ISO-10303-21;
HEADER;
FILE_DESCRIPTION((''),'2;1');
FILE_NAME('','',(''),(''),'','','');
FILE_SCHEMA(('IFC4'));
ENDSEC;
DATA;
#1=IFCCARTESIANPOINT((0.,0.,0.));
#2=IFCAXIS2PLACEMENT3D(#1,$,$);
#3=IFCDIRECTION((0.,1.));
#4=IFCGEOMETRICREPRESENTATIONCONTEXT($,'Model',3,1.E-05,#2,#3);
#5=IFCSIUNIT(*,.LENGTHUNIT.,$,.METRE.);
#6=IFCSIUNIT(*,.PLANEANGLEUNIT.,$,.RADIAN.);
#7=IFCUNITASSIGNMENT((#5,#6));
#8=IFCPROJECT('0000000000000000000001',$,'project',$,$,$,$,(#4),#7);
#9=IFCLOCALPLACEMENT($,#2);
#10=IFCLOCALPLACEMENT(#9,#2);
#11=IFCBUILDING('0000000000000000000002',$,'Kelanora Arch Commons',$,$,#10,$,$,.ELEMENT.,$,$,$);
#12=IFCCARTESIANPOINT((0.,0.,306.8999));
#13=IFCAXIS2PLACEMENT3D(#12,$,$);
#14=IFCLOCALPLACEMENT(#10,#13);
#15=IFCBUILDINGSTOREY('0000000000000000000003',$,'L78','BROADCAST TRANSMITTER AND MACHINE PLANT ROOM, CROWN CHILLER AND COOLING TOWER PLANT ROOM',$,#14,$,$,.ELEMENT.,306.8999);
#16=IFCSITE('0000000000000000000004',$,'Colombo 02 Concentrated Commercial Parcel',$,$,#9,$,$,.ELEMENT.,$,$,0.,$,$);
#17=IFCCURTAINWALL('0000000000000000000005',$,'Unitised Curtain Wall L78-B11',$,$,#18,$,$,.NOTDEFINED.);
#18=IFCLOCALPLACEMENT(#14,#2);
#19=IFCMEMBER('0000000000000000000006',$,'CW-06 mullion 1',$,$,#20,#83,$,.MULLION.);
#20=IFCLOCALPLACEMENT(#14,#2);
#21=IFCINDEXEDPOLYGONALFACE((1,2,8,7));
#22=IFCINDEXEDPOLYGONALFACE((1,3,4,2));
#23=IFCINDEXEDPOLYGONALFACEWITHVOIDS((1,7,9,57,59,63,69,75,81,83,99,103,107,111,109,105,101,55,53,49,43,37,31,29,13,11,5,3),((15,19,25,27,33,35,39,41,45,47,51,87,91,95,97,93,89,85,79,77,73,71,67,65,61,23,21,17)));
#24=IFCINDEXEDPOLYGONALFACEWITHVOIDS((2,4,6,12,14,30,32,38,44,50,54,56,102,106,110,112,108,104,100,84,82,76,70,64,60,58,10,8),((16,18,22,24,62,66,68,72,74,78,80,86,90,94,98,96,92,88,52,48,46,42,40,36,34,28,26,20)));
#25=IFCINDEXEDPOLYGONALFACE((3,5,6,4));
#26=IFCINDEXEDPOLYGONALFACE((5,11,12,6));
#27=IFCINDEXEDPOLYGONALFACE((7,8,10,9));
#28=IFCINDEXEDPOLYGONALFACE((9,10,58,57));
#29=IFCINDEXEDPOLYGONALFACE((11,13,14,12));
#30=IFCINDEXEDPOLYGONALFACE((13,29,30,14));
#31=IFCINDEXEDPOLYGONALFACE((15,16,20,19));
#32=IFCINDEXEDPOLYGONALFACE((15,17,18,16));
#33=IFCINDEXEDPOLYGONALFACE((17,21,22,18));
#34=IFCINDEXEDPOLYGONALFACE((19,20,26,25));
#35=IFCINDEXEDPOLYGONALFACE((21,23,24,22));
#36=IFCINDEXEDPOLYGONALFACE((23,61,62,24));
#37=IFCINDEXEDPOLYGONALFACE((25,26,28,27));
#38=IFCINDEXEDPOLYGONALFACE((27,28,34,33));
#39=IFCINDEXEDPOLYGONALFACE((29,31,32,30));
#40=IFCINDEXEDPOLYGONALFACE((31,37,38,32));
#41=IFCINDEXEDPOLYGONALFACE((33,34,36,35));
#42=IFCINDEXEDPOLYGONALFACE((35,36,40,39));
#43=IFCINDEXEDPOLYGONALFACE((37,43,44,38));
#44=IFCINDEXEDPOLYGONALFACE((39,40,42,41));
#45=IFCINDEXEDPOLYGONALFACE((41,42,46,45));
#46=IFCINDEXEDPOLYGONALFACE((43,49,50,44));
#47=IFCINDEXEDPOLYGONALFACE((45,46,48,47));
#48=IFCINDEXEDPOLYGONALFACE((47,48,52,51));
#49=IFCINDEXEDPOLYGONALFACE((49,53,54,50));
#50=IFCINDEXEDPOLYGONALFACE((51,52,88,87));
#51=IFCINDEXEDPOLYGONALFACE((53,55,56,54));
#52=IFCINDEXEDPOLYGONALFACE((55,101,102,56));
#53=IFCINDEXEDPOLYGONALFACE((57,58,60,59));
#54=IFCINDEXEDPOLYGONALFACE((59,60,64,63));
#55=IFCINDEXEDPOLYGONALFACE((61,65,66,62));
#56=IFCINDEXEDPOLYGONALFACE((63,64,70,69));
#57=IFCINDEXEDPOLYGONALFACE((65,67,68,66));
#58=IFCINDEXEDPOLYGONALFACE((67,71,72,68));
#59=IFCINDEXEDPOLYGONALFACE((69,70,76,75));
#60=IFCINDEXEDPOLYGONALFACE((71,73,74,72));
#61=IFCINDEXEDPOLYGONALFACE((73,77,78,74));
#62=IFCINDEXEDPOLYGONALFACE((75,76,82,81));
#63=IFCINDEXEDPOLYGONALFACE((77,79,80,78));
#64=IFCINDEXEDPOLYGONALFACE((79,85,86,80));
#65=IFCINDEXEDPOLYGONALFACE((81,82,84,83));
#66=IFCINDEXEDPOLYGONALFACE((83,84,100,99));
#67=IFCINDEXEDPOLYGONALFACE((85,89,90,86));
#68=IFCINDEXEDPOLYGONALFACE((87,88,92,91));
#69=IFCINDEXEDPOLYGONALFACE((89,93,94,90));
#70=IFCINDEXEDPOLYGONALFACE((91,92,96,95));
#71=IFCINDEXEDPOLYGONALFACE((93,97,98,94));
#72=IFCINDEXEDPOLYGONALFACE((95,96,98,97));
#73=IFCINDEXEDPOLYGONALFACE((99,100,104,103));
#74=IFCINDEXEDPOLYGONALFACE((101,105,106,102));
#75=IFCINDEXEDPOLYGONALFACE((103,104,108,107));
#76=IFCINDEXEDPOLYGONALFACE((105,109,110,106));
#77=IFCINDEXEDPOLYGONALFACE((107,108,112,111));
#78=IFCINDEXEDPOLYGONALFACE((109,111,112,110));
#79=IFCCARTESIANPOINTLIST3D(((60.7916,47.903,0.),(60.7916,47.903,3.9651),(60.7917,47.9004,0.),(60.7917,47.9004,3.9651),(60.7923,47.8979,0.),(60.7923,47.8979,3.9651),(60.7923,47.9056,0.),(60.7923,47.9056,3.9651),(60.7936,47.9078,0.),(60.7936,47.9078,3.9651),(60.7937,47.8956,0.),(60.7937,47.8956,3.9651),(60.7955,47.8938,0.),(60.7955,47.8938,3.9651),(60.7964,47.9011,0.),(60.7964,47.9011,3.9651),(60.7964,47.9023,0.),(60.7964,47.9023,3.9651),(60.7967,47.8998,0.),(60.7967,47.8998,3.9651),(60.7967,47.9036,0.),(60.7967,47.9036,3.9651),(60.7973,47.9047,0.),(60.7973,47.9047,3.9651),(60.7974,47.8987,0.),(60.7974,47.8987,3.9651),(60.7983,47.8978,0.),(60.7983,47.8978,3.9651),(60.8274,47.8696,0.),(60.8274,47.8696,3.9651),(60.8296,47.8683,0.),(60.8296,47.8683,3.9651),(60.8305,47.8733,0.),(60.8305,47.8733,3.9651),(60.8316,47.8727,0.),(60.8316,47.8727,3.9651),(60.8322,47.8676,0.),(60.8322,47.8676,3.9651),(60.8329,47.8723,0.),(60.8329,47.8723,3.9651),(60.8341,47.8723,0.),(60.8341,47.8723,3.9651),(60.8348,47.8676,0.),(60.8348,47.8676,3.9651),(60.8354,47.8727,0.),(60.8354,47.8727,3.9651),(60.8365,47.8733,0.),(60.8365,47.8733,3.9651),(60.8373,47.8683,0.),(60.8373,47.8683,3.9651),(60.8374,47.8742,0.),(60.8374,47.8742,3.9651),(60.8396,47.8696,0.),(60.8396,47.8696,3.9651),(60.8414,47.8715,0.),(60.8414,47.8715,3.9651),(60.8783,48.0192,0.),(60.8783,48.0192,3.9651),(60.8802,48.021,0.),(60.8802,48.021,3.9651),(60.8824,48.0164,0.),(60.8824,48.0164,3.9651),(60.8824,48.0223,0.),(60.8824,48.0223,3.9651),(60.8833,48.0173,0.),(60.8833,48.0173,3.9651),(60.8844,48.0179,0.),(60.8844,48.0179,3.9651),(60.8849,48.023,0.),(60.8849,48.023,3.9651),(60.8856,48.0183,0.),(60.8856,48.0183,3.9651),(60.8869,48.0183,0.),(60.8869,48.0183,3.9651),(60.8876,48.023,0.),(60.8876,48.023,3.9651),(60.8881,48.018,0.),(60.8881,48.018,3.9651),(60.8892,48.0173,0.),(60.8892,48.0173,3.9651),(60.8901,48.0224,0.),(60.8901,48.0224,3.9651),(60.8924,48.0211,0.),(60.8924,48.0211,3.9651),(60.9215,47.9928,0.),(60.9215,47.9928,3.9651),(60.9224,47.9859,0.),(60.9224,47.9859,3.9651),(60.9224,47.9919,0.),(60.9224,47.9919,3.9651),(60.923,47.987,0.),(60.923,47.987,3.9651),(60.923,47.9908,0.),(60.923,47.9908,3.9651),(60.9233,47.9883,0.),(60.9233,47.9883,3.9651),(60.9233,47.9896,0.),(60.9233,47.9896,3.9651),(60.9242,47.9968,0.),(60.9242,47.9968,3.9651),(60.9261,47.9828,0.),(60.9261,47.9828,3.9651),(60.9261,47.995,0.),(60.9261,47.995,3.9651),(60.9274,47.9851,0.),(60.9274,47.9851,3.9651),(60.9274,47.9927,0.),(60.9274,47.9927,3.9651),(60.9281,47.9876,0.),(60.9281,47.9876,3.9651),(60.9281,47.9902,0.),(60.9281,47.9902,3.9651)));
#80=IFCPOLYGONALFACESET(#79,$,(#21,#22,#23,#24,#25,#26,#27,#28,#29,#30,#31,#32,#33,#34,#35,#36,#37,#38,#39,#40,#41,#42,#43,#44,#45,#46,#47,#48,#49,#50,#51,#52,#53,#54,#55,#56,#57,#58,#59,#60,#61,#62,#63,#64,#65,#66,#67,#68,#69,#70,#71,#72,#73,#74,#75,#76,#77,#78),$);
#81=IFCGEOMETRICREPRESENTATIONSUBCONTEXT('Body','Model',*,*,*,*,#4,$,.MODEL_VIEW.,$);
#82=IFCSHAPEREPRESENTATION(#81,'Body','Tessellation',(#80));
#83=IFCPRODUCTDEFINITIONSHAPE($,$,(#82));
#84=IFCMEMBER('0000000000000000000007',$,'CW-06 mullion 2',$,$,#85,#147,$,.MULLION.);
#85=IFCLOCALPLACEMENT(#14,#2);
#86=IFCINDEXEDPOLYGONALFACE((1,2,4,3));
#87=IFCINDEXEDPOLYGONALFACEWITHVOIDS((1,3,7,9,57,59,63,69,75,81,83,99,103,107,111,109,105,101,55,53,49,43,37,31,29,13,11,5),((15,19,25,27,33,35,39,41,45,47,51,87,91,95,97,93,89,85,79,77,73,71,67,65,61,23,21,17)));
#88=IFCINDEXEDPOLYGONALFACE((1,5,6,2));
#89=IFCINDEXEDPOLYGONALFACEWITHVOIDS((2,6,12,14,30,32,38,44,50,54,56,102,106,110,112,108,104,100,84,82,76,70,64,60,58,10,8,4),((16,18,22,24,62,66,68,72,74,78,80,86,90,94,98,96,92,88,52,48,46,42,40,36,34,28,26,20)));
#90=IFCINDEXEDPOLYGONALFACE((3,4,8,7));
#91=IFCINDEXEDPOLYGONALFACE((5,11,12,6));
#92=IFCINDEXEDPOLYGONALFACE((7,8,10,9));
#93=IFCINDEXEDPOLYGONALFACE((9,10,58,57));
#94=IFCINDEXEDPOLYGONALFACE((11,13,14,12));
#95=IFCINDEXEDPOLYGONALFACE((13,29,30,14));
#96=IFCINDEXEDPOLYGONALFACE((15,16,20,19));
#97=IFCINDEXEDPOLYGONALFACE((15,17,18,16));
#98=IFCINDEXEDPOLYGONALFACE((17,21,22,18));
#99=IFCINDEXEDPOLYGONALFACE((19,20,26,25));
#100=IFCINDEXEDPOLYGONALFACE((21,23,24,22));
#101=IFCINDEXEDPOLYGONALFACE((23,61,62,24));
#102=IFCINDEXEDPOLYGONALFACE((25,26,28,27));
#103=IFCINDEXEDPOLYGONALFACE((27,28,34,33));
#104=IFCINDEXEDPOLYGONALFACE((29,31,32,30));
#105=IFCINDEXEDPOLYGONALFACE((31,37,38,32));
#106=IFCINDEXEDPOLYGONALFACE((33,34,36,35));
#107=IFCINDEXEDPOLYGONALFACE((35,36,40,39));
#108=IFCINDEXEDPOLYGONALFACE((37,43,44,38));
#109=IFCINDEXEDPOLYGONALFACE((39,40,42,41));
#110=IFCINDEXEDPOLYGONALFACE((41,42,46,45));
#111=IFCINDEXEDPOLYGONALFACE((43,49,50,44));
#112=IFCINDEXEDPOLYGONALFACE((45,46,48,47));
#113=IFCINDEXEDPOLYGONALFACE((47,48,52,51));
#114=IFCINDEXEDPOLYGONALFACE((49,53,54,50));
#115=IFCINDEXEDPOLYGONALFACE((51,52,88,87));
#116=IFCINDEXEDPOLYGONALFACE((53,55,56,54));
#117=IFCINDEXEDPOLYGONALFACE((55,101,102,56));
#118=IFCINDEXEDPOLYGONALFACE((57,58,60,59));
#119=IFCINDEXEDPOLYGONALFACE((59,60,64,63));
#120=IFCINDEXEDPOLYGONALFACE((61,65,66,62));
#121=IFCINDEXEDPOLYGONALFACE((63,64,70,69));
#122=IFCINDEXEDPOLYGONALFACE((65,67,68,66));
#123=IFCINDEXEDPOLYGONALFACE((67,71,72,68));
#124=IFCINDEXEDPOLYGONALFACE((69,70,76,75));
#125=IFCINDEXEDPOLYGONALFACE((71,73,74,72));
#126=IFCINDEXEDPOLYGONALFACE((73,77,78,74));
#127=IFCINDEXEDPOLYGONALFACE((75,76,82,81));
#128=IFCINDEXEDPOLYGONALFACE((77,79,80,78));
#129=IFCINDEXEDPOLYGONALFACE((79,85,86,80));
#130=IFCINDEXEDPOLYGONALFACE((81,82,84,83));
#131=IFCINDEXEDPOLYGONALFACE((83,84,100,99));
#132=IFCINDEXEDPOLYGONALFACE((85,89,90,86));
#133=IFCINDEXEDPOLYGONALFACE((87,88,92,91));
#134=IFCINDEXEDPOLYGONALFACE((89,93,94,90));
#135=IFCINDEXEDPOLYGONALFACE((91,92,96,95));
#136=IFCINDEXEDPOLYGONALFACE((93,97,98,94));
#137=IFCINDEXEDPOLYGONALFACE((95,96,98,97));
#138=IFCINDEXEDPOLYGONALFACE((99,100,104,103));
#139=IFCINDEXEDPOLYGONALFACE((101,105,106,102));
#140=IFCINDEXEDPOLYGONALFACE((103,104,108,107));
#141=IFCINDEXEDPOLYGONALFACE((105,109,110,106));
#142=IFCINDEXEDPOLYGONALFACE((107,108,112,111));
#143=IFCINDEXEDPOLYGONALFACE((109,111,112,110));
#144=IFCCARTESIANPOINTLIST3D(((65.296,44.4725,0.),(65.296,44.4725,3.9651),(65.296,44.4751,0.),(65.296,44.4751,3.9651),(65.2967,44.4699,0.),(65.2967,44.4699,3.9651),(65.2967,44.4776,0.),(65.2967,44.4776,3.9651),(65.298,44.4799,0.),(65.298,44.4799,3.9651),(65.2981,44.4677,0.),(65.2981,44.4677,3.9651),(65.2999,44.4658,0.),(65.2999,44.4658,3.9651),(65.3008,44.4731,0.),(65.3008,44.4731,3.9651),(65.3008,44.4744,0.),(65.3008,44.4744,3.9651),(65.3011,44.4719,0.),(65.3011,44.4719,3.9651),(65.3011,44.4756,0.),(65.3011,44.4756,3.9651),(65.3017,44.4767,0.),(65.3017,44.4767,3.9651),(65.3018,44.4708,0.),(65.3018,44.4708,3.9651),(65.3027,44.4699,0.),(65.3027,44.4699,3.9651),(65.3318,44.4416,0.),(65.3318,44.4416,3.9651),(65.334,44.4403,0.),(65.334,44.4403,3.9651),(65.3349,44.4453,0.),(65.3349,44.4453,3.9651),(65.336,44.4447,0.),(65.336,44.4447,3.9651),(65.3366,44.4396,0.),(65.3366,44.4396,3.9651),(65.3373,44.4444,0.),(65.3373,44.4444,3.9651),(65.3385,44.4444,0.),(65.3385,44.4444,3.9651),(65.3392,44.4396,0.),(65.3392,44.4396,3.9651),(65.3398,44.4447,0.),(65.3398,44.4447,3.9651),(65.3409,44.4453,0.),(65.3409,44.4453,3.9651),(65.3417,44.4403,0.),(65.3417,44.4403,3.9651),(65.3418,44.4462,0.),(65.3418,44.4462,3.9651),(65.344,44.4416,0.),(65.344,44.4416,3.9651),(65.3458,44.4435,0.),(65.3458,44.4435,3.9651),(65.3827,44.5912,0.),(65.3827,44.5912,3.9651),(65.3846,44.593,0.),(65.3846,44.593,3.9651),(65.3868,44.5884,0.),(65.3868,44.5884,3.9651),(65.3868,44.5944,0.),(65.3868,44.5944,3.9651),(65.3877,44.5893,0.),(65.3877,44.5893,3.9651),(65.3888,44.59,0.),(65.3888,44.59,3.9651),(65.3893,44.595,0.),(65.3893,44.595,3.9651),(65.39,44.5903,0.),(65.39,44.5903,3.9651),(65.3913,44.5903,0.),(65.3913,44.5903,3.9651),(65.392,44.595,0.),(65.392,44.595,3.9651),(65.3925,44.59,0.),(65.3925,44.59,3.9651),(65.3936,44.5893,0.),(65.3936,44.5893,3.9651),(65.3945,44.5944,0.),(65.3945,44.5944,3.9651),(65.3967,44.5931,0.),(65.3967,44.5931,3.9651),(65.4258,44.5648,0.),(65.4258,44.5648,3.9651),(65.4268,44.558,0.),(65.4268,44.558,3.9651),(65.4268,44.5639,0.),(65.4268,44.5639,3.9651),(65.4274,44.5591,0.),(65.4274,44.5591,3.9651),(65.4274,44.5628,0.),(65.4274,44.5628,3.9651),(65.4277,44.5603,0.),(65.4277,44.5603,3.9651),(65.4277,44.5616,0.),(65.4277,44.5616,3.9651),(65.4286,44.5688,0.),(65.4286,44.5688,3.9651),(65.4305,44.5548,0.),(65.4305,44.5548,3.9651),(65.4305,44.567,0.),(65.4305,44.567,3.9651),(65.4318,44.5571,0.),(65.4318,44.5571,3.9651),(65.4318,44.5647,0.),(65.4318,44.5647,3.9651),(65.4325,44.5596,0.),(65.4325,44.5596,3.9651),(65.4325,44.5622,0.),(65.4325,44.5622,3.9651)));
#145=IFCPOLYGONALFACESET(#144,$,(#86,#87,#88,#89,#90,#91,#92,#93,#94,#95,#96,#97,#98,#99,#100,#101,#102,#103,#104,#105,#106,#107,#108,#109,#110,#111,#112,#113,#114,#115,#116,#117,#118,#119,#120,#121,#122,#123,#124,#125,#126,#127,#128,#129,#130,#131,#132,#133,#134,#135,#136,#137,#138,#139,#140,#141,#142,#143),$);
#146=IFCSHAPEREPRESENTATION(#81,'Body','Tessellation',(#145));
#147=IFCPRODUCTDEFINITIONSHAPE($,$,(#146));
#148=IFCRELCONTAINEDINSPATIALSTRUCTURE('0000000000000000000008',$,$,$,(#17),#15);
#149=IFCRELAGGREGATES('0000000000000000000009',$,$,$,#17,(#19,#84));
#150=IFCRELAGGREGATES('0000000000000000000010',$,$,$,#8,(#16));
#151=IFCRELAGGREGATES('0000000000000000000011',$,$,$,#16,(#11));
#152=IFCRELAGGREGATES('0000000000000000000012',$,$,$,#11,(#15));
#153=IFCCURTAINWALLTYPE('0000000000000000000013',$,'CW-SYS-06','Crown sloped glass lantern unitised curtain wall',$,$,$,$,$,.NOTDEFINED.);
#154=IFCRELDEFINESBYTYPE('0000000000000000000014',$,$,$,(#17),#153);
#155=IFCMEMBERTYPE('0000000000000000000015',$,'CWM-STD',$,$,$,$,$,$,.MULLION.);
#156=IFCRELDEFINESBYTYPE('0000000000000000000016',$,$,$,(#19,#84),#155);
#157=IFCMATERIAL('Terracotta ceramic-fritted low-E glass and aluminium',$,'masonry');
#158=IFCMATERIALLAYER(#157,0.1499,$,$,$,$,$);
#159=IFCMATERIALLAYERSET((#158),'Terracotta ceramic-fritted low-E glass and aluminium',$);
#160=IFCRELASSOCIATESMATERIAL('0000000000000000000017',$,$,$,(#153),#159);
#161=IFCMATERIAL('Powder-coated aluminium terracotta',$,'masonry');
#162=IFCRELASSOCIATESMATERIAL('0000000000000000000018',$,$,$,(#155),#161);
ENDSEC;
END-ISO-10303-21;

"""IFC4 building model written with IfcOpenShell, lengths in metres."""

from ifc_helpers import new_model, si_unit, direction, frame, origin, origin_2d, place, context, subcontext, project, spatial, hollow_rectangle, extrude, material, layer, layer_set, material_profile, profile_set, type_object, element, aggregate, save


model = new_model("IFC4")

# Units and contexts
model_context = context("Model", 3, precision=1e-05, world=origin(), true_north=direction((0.0, 1.0)))
body_context = subcontext(model_context, "Body", "Model", "MODEL_VIEW")
ifc_project = project(units=[si_unit("LENGTHUNIT", "METRE"), si_unit("PLANEANGLEUNIT", "RADIAN")], contexts=[model_context])

# Site, building, storey
site_placement = place(None, origin())
site = spatial("IfcSite", under=ifc_project, at=site_placement, Name="Colombo 02 Concentrated Commercial Parcel", CompositionType="ELEMENT", RefElevation=0.0)
building_placement = place(site_placement, origin())
building = spatial("IfcBuilding", under=site, at=building_placement, Name="Kelanora Arch Commons", CompositionType="ELEMENT")
storey_placement = place(building_placement, frame((0.0, 0.0, 306.8999)))
storey = spatial("IfcBuildingStorey", under=building, at=storey_placement, Name="L78", Description="BROADCAST TRANSMITTER AND MACHINE PLANT ROOM, CROWN CHILLER AND COOLING TOWER PLANT ROOM", CompositionType="ELEMENT", Elevation=306.8999)

# Shared definitions
ifc_material_1 = material(Name="Terracotta ceramic-fritted low-E glass and aluminium", Category="masonry")
ifc_layer_1 = layer(ifc_material_1, 0.1499)
ifc_layer_set_1 = layer_set([ifc_layer_1], Name="Terracotta ceramic-fritted low-E glass and aluminium")
curtain_wall_type = type_object("IfcCurtainWallType", Name="CW-SYS-06", Description="Crown sloped glass lantern unitised curtain wall", PredefinedType="NOTDEFINED", material=ifc_layer_set_1)
ifc_material_2 = material(Name="Powder-coated aluminium terracotta", Category="masonry")
ifc_material_profile_1 = material_profile(ifc_material_2, hollow_rectangle(XDim=0.1599, YDim=0.0601, WallThickness=0.0049, InnerFilletRadius=0.0049, OuterFilletRadius=0.01, at=origin_2d()), Name="CWM160x60")
ifc_profile_set_1 = profile_set([ifc_material_profile_1], Name="Powder-coated aluminium terracotta")
member_type_1 = type_object("IfcMemberType", Name="CWM-STD", PredefinedType="MULLION", material=ifc_profile_set_1)

# Curtain wall, members
curtain_wall_1_placement = place(storey_placement, origin())
curtain_wall_1 = element("IfcCurtainWall", 1, at=curtain_wall_1_placement, inside=storey, type_object=curtain_wall_type, Name="Unitised Curtain Wall L78-B11", PredefinedType="NOTDEFINED")
member_1_placement = place(storey_placement, frame((60.8599, 47.9453, 0.0), z_axis=(0.0, 0.0, 1.0), x_axis=(0.605596, 0.795772, 0.0)))
member_1 = element("IfcMember", 2, at=member_1_placement, type_object=member_type_1, Name="CW-06 mullion 1", PredefinedType="MULLION", context=body_context, shape_type="SweptSolid", body=[
    extrude(hollow_rectangle(XDim=0.1599, YDim=0.0601, WallThickness=0.0049, InnerFilletRadius=0.0049, OuterFilletRadius=0.01, at=origin_2d()), origin(), (0.0, 0.0, 1.0), 3.9651),
])
member_2_placement = place(storey_placement, frame((65.3643, 44.5173, 0.0), z_axis=(0.0, 0.0, 1.0), x_axis=(0.605596, 0.795772, 0.0)))
member_2 = element("IfcMember", 3, at=member_2_placement, type_object=member_type_1, Name="CW-06 mullion 2", PredefinedType="MULLION", context=body_context, shape_type="SweptSolid", body=[
    extrude(hollow_rectangle(XDim=0.1599, YDim=0.0601, WallThickness=0.0049, InnerFilletRadius=0.0049, OuterFilletRadius=0.01, at=origin_2d()), origin(), (0.0, 0.0, 1.0), 3.9651),
])
aggregate(curtain_wall_1, [member_1, member_2])

save(model, "model.ifc")
